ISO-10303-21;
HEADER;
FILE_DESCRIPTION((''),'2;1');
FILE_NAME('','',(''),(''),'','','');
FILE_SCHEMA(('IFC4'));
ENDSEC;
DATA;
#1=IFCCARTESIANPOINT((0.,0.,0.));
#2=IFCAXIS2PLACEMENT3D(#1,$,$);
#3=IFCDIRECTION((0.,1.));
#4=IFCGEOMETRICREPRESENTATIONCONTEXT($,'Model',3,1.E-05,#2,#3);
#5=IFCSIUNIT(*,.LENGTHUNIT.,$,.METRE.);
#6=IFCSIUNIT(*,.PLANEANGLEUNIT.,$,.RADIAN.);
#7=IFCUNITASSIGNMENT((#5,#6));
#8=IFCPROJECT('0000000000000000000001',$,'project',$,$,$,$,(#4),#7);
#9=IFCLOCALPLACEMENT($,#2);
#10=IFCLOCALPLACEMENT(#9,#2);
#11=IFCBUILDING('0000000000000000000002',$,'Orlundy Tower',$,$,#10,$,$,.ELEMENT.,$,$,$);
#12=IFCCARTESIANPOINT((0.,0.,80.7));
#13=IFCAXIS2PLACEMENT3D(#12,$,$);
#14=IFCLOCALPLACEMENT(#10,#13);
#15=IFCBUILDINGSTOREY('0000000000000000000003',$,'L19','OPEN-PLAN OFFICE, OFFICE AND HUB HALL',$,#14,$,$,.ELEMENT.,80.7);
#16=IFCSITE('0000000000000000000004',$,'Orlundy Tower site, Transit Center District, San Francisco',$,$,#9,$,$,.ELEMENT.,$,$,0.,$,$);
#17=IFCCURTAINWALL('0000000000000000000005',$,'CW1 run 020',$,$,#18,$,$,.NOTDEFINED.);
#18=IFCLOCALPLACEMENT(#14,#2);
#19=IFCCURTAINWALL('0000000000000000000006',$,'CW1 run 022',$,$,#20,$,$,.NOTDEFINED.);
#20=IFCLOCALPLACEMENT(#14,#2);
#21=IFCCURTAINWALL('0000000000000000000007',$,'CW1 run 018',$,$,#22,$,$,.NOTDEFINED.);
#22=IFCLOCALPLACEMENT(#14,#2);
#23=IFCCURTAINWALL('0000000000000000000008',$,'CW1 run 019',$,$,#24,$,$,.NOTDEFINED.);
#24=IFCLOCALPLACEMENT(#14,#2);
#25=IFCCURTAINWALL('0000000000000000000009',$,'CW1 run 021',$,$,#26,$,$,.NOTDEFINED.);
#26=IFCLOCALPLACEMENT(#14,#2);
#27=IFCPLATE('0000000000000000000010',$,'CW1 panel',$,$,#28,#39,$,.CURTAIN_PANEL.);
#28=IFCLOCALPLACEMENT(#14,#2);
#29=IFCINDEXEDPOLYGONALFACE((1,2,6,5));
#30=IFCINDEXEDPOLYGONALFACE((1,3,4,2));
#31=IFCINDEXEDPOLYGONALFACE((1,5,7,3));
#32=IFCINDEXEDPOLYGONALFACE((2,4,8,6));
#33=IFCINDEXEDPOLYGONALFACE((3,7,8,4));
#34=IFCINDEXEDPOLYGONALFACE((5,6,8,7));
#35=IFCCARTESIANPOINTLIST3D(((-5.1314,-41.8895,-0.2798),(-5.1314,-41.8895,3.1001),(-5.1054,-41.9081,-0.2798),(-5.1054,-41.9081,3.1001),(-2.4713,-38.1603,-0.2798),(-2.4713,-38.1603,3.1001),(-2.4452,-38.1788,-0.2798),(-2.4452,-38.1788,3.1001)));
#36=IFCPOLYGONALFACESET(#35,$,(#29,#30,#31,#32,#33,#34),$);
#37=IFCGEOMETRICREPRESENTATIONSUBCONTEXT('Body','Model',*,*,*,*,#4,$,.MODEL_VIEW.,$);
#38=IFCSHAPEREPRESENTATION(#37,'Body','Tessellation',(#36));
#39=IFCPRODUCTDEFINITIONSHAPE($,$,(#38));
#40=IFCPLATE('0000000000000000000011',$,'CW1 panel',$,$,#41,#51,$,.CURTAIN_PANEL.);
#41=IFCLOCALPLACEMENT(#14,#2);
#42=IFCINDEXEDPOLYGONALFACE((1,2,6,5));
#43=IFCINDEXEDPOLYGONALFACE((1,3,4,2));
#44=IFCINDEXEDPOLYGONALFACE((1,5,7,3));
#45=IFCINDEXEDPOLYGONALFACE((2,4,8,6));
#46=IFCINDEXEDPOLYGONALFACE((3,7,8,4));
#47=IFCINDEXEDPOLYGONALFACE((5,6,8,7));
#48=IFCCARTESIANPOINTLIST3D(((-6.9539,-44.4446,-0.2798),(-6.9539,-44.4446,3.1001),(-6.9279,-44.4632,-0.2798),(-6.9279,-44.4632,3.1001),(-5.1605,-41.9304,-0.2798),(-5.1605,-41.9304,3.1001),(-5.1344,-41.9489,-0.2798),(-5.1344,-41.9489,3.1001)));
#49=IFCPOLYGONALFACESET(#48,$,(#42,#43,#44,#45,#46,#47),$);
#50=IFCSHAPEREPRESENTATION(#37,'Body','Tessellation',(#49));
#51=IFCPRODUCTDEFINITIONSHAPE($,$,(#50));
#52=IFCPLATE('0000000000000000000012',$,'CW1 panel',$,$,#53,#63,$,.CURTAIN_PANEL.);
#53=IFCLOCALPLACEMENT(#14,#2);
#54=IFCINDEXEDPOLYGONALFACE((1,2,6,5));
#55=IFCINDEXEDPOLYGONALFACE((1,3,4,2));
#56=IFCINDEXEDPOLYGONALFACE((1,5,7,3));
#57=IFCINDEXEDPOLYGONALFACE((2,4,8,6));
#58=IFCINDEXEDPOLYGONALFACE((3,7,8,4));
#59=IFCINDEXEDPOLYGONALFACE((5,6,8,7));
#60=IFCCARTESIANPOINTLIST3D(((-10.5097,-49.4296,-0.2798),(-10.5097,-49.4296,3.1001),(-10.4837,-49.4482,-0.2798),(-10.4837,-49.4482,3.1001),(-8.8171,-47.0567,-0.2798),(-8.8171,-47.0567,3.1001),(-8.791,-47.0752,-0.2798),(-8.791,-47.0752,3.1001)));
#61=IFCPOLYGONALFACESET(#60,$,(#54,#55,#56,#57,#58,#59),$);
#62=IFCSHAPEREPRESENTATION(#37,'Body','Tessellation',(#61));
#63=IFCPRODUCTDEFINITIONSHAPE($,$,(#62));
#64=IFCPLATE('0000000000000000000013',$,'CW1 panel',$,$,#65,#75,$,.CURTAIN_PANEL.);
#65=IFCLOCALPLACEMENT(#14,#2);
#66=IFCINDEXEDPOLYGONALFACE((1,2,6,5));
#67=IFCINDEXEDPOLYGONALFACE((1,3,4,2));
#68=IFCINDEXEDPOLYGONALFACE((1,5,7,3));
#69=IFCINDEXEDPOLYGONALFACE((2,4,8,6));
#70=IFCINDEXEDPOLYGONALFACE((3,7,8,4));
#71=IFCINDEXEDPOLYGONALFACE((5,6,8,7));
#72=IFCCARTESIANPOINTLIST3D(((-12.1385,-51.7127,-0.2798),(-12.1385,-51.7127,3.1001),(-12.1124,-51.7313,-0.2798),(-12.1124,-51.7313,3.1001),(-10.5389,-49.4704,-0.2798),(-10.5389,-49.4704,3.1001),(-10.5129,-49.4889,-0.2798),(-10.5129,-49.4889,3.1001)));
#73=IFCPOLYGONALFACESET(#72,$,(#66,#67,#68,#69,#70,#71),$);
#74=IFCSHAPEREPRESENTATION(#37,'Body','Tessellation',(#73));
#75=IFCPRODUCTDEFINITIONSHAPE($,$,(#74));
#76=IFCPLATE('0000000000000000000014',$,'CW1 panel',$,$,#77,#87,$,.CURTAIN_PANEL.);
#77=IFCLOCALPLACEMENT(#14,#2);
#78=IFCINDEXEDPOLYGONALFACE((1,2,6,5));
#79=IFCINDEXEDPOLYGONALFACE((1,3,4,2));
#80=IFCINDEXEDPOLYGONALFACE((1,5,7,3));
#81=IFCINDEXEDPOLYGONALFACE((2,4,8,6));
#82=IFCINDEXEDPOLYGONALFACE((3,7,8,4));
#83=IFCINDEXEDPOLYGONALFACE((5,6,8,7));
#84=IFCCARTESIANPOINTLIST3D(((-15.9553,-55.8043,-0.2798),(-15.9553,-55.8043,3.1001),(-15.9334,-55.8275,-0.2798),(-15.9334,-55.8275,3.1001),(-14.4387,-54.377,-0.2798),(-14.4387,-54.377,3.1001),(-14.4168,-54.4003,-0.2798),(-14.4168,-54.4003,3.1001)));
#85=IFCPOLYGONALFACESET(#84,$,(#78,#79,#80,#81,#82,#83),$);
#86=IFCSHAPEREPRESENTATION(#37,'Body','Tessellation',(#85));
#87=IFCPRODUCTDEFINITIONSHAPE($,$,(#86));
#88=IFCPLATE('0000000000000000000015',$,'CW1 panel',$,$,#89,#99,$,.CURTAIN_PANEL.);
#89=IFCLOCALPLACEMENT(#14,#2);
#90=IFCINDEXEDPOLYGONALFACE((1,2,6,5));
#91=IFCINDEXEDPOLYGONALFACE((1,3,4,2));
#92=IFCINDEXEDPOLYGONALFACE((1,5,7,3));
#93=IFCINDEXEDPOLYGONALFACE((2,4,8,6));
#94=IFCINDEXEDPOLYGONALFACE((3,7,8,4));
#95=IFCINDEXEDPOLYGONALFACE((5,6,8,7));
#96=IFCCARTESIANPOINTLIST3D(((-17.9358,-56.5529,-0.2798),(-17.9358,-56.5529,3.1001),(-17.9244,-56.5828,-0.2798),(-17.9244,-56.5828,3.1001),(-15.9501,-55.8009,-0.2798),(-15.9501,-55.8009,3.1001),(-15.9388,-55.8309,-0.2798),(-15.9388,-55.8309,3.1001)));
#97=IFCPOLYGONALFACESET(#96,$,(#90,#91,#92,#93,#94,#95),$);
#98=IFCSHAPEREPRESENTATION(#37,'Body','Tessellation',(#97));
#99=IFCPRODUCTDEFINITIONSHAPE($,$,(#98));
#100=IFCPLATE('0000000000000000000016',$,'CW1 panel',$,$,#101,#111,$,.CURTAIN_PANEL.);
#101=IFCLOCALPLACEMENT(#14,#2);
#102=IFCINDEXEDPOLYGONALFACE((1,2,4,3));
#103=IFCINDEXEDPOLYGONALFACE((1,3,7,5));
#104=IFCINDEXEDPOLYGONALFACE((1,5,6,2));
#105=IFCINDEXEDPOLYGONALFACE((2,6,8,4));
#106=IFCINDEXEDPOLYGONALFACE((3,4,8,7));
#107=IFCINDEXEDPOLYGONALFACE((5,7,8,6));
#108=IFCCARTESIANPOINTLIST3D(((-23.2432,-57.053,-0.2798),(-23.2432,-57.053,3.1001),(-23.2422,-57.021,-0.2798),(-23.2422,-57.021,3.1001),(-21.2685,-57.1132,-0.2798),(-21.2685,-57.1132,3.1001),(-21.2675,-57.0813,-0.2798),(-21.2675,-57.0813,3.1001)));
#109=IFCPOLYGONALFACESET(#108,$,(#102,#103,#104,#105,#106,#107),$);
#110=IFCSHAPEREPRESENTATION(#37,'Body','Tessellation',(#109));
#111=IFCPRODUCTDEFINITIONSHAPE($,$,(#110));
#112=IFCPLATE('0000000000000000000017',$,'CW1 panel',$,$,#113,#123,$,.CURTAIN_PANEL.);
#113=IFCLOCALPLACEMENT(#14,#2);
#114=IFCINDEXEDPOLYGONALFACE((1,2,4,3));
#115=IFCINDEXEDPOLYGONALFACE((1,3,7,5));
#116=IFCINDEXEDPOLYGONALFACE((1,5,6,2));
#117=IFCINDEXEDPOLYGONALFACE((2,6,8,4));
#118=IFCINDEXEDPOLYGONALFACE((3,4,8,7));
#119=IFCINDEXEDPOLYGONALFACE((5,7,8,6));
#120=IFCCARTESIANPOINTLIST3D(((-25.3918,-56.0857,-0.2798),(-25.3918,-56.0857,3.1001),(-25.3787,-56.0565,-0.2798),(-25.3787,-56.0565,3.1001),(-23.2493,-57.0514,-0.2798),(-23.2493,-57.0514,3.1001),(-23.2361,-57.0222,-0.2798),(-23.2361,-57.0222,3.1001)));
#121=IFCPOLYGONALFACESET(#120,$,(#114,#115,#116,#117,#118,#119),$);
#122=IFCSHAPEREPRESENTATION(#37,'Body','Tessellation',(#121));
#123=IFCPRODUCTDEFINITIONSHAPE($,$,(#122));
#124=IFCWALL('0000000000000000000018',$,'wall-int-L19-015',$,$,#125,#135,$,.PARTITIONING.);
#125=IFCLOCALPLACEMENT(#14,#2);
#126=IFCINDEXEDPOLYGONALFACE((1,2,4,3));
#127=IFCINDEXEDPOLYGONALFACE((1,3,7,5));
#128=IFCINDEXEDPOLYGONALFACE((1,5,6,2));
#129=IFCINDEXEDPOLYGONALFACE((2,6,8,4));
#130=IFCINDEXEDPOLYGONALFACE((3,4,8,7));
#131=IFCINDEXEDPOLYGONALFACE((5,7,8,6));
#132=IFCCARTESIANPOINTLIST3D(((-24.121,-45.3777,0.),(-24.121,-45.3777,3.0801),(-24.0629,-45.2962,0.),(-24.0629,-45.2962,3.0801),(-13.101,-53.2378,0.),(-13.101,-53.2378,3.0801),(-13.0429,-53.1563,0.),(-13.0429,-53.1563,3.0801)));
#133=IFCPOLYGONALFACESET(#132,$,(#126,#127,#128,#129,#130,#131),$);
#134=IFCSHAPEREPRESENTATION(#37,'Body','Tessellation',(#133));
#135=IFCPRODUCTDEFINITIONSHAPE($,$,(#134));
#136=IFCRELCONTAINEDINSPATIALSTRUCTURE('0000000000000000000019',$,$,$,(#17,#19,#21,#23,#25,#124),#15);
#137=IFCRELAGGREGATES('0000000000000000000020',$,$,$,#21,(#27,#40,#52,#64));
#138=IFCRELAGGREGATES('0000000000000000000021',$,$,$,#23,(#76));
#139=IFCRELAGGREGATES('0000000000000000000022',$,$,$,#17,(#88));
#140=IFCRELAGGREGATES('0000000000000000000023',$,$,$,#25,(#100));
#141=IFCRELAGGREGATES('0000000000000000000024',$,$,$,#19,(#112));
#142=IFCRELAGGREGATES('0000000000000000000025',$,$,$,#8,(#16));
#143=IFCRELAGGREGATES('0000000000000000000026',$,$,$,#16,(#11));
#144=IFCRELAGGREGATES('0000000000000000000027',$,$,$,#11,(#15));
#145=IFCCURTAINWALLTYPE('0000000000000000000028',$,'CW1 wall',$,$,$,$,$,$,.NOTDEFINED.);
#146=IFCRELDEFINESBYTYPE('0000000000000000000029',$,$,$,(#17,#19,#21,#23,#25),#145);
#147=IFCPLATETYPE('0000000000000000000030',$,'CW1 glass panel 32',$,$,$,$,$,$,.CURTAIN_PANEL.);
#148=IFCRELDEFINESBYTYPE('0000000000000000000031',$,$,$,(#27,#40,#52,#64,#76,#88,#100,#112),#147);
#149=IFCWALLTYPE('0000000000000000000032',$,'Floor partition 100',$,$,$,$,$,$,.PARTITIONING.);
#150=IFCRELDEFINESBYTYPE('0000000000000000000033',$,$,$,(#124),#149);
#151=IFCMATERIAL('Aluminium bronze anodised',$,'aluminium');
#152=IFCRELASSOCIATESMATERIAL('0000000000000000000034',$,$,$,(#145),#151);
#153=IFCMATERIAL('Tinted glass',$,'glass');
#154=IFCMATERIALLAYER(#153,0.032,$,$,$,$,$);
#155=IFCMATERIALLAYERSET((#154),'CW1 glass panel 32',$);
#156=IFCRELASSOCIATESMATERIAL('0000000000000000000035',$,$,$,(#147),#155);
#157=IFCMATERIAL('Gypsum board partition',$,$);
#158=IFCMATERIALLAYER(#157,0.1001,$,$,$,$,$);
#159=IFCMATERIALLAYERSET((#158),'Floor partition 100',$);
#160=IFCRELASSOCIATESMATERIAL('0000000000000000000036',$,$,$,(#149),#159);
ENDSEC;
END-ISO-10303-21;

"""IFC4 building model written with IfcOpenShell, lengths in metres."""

from ifc_helpers import new_model, si_unit, direction, frame, frame_2d, origin, origin_2d, place, context, subcontext, project, spatial, rectangle, extrude, material, layer, layer_set, type_object, element, aggregate, save


model = new_model("IFC4")

# Units and contexts
model_context = context("Model", 3, precision=1e-05, world=origin(), true_north=direction((0.0, 1.0)))
body_context = subcontext(model_context, "Body", "Model", "MODEL_VIEW")
ifc_project = project(units=[si_unit("LENGTHUNIT", "METRE"), si_unit("PLANEANGLEUNIT", "RADIAN")], contexts=[model_context])

# Site, building, storey
site_placement = place(None, origin())
site = spatial("IfcSite", under=ifc_project, at=site_placement, Name="Orlundy Tower site, Transit Center District, San Francisco", CompositionType="ELEMENT", RefElevation=0.0)
building_placement = place(site_placement, origin())
building = spatial("IfcBuilding", under=site, at=building_placement, Name="Orlundy Tower", CompositionType="ELEMENT")
storey_placement = place(building_placement, frame((0.0, 0.0, 80.7)))
storey = spatial("IfcBuildingStorey", under=building, at=storey_placement, Name="L19", Description="OPEN-PLAN OFFICE, OFFICE AND HUB HALL", CompositionType="ELEMENT", Elevation=80.7)

# Curtain walls
ifc_material_1 = material(Name="Aluminium bronze anodised", Category="aluminium")
curtain_wall_type = type_object("IfcCurtainWallType", Name="CW1 wall", PredefinedType="NOTDEFINED", material=ifc_material_1)
curtain_wall_1_placement = place(storey_placement, origin())
curtain_wall_1 = element("IfcCurtainWall", 1, at=curtain_wall_1_placement, inside=storey, type_object=curtain_wall_type, Name="CW1 run 020", PredefinedType="NOTDEFINED")
curtain_wall_2_placement = place(storey_placement, origin())
curtain_wall_2 = element("IfcCurtainWall", 2, at=curtain_wall_2_placement, inside=storey, type_object=curtain_wall_type, Name="CW1 run 022", PredefinedType="NOTDEFINED")

# Curtain wall
curtain_wall_3_placement = place(storey_placement, origin())
curtain_wall_3 = element("IfcCurtainWall", 3, at=curtain_wall_3_placement, inside=storey, type_object=curtain_wall_type, Name="CW1 run 018", PredefinedType="NOTDEFINED")

# Curtain wall
curtain_wall_4_placement = place(storey_placement, origin())
curtain_wall_4 = element("IfcCurtainWall", 4, at=curtain_wall_4_placement, inside=storey, type_object=curtain_wall_type, Name="CW1 run 019", PredefinedType="NOTDEFINED")

# Curtain wall
curtain_wall_5_placement = place(storey_placement, origin())
curtain_wall_5 = element("IfcCurtainWall", 5, at=curtain_wall_5_placement, inside=storey, type_object=curtain_wall_type, Name="CW1 run 021", PredefinedType="NOTDEFINED")

# Plates
ifc_material_2 = material(Name="Tinted glass", Category="glass")
ifc_layer_1 = layer(ifc_material_2, 0.032)
ifc_layer_set_1 = layer_set([ifc_layer_1], Name="CW1 glass panel 32")
plate_type = type_object("IfcPlateType", Name="CW1 glass panel 32", PredefinedType="CURTAIN_PANEL", material=ifc_layer_set_1)
plate_1_placement = place(storey_placement, frame((-3.7883, -40.0342, -0.2798), z_axis=(0.0, 0.0, 1.0), x_axis=(-0.58071, -0.81411, 0.0)))
plate_1 = element("IfcPlate", 6, at=plate_1_placement, type_object=plate_type, Name="CW1 panel", PredefinedType="CURTAIN_PANEL", context=body_context, shape_type="SweptSolid", body=[
    extrude(rectangle(XDim=4.5808, YDim=0.032, at=origin_2d()), origin(), (0.0, 0.0, 1.0), 3.3799),
])
plate_2_placement = place(storey_placement, frame((-6.0442, -43.1968, -0.2798), z_axis=(0.0, 0.0, 1.0), x_axis=(-0.58071, -0.81411, 0.0)))
plate_2 = element("IfcPlate", 7, at=plate_2_placement, type_object=plate_type, Name="CW1 panel", PredefinedType="CURTAIN_PANEL", context=body_context, shape_type="SweptSolid", body=[
    extrude(rectangle(XDim=3.0884, YDim=0.032, at=origin_2d()), origin(), (0.0, 0.0, 1.0), 3.3799),
])
plate_3_placement = place(storey_placement, frame((-9.6504, -48.2524, -0.2798), z_axis=(0.0, 0.0, 1.0), x_axis=(-0.58071, -0.81411, 0.0)))
plate_3 = element("IfcPlate", 8, at=plate_3_placement, type_object=plate_type, Name="CW1 panel", PredefinedType="CURTAIN_PANEL", context=body_context, shape_type="SweptSolid", body=[
    extrude(rectangle(XDim=2.9148, YDim=0.032, at=origin_2d()), origin(), (0.0, 0.0, 1.0), 3.3799),
])
plate_4_placement = place(storey_placement, frame((-11.3257, -50.6008, -0.2798), z_axis=(0.0, 0.0, 1.0), x_axis=(-0.58071, -0.81411, 0.0)))
plate_4 = element("IfcPlate", 9, at=plate_4_placement, type_object=plate_type, Name="CW1 panel", PredefinedType="CURTAIN_PANEL", context=body_context, shape_type="SweptSolid", body=[
    extrude(rectangle(XDim=2.7544, YDim=0.032, at=origin_2d()), origin(), (0.0, 0.0, 1.0), 3.3799),
])
aggregate(curtain_wall_3, [plate_1, plate_2, plate_3, plate_4])
plate_5_placement = place(storey_placement, frame((-15.186, -55.1023, -0.2798), z_axis=(0.0, 0.0, 1.0), x_axis=(-0.728232, -0.685331, 0.0)))
plate_5 = element("IfcPlate", 10, at=plate_5_placement, type_object=plate_type, Name="CW1 panel", PredefinedType="CURTAIN_PANEL", context=body_context, shape_type="SweptSolid", body=[
    extrude(rectangle(XDim=2.0825, YDim=0.032, at=origin_2d()), origin(), (0.0, 0.0, 1.0), 3.3799),
])
aggregate(curtain_wall_4, [plate_5])
plate_6_placement = place(storey_placement, frame((-16.9373, -56.1919, -0.2798), z_axis=(0.0, 0.0, 1.0), x_axis=(-0.935182, -0.354166, 0.0)))
plate_6 = element("IfcPlate", 11, at=plate_6_placement, type_object=plate_type, Name="CW1 panel", PredefinedType="CURTAIN_PANEL", context=body_context, shape_type="SweptSolid", body=[
    extrude(rectangle(XDim=2.1233, YDim=0.032, at=origin_2d()), origin(), (0.0, 0.0, 1.0), 3.3799),
])
aggregate(curtain_wall_1, [plate_6])
plate_7_placement = place(storey_placement, frame((-22.2554, -57.0671, -0.2798), z_axis=(0.0, 0.0, 1.0), x_axis=(-0.999535, 0.030485, 0.0)))
plate_7 = element("IfcPlate", 12, at=plate_7_placement, type_object=plate_type, Name="CW1 panel", PredefinedType="CURTAIN_PANEL", context=body_context, shape_type="SweptSolid", body=[
    extrude(rectangle(XDim=1.9756, YDim=0.032, at=origin_2d()), origin(), (0.0, 0.0, 1.0), 3.3799),
])
aggregate(curtain_wall_5, [plate_7])
plate_8_placement = place(storey_placement, frame((-24.314, -56.554, -0.2798), z_axis=(0.0, 0.0, 1.0), x_axis=(-0.911674, 0.410914, 0.0)))
plate_8 = element("IfcPlate", 13, at=plate_8_placement, type_object=plate_type, Name="CW1 panel", PredefinedType="CURTAIN_PANEL", context=body_context, shape_type="SweptSolid", body=[
    extrude(rectangle(XDim=2.3501, YDim=0.032, at=origin_2d()), origin(), (0.0, 0.0, 1.0), 3.3799),
])
aggregate(curtain_wall_2, [plate_8])

# Wall
ifc_material_3 = material(Name="Gypsum board partition")
ifc_layer_2 = layer(ifc_material_3, 0.1001)
ifc_layer_set_2 = layer_set([ifc_layer_2], Name="Floor partition 100")
wall_type = type_object("IfcWallType", Name="Floor partition 100", PredefinedType="PARTITIONING", material=ifc_layer_set_2)
wall_placement = place(storey_placement, frame((-24.092, -45.3369, 0.0), z_axis=(0.0, 0.0, 1.0), x_axis=(0.814129, -0.580684, 0.0)))
element("IfcWall", 14, at=wall_placement, inside=storey, type_object=wall_type, Name="wall-int-L19-015", PredefinedType="PARTITIONING", context=body_context, shape_type="SweptSolid", body=[
    extrude(rectangle(XDim=13.5359, YDim=0.1001, at=frame_2d((6.7681, 0.0))), origin(), (0.0, 0.0, 1.0), 3.0801),
])

save(model, "model.ifc")
